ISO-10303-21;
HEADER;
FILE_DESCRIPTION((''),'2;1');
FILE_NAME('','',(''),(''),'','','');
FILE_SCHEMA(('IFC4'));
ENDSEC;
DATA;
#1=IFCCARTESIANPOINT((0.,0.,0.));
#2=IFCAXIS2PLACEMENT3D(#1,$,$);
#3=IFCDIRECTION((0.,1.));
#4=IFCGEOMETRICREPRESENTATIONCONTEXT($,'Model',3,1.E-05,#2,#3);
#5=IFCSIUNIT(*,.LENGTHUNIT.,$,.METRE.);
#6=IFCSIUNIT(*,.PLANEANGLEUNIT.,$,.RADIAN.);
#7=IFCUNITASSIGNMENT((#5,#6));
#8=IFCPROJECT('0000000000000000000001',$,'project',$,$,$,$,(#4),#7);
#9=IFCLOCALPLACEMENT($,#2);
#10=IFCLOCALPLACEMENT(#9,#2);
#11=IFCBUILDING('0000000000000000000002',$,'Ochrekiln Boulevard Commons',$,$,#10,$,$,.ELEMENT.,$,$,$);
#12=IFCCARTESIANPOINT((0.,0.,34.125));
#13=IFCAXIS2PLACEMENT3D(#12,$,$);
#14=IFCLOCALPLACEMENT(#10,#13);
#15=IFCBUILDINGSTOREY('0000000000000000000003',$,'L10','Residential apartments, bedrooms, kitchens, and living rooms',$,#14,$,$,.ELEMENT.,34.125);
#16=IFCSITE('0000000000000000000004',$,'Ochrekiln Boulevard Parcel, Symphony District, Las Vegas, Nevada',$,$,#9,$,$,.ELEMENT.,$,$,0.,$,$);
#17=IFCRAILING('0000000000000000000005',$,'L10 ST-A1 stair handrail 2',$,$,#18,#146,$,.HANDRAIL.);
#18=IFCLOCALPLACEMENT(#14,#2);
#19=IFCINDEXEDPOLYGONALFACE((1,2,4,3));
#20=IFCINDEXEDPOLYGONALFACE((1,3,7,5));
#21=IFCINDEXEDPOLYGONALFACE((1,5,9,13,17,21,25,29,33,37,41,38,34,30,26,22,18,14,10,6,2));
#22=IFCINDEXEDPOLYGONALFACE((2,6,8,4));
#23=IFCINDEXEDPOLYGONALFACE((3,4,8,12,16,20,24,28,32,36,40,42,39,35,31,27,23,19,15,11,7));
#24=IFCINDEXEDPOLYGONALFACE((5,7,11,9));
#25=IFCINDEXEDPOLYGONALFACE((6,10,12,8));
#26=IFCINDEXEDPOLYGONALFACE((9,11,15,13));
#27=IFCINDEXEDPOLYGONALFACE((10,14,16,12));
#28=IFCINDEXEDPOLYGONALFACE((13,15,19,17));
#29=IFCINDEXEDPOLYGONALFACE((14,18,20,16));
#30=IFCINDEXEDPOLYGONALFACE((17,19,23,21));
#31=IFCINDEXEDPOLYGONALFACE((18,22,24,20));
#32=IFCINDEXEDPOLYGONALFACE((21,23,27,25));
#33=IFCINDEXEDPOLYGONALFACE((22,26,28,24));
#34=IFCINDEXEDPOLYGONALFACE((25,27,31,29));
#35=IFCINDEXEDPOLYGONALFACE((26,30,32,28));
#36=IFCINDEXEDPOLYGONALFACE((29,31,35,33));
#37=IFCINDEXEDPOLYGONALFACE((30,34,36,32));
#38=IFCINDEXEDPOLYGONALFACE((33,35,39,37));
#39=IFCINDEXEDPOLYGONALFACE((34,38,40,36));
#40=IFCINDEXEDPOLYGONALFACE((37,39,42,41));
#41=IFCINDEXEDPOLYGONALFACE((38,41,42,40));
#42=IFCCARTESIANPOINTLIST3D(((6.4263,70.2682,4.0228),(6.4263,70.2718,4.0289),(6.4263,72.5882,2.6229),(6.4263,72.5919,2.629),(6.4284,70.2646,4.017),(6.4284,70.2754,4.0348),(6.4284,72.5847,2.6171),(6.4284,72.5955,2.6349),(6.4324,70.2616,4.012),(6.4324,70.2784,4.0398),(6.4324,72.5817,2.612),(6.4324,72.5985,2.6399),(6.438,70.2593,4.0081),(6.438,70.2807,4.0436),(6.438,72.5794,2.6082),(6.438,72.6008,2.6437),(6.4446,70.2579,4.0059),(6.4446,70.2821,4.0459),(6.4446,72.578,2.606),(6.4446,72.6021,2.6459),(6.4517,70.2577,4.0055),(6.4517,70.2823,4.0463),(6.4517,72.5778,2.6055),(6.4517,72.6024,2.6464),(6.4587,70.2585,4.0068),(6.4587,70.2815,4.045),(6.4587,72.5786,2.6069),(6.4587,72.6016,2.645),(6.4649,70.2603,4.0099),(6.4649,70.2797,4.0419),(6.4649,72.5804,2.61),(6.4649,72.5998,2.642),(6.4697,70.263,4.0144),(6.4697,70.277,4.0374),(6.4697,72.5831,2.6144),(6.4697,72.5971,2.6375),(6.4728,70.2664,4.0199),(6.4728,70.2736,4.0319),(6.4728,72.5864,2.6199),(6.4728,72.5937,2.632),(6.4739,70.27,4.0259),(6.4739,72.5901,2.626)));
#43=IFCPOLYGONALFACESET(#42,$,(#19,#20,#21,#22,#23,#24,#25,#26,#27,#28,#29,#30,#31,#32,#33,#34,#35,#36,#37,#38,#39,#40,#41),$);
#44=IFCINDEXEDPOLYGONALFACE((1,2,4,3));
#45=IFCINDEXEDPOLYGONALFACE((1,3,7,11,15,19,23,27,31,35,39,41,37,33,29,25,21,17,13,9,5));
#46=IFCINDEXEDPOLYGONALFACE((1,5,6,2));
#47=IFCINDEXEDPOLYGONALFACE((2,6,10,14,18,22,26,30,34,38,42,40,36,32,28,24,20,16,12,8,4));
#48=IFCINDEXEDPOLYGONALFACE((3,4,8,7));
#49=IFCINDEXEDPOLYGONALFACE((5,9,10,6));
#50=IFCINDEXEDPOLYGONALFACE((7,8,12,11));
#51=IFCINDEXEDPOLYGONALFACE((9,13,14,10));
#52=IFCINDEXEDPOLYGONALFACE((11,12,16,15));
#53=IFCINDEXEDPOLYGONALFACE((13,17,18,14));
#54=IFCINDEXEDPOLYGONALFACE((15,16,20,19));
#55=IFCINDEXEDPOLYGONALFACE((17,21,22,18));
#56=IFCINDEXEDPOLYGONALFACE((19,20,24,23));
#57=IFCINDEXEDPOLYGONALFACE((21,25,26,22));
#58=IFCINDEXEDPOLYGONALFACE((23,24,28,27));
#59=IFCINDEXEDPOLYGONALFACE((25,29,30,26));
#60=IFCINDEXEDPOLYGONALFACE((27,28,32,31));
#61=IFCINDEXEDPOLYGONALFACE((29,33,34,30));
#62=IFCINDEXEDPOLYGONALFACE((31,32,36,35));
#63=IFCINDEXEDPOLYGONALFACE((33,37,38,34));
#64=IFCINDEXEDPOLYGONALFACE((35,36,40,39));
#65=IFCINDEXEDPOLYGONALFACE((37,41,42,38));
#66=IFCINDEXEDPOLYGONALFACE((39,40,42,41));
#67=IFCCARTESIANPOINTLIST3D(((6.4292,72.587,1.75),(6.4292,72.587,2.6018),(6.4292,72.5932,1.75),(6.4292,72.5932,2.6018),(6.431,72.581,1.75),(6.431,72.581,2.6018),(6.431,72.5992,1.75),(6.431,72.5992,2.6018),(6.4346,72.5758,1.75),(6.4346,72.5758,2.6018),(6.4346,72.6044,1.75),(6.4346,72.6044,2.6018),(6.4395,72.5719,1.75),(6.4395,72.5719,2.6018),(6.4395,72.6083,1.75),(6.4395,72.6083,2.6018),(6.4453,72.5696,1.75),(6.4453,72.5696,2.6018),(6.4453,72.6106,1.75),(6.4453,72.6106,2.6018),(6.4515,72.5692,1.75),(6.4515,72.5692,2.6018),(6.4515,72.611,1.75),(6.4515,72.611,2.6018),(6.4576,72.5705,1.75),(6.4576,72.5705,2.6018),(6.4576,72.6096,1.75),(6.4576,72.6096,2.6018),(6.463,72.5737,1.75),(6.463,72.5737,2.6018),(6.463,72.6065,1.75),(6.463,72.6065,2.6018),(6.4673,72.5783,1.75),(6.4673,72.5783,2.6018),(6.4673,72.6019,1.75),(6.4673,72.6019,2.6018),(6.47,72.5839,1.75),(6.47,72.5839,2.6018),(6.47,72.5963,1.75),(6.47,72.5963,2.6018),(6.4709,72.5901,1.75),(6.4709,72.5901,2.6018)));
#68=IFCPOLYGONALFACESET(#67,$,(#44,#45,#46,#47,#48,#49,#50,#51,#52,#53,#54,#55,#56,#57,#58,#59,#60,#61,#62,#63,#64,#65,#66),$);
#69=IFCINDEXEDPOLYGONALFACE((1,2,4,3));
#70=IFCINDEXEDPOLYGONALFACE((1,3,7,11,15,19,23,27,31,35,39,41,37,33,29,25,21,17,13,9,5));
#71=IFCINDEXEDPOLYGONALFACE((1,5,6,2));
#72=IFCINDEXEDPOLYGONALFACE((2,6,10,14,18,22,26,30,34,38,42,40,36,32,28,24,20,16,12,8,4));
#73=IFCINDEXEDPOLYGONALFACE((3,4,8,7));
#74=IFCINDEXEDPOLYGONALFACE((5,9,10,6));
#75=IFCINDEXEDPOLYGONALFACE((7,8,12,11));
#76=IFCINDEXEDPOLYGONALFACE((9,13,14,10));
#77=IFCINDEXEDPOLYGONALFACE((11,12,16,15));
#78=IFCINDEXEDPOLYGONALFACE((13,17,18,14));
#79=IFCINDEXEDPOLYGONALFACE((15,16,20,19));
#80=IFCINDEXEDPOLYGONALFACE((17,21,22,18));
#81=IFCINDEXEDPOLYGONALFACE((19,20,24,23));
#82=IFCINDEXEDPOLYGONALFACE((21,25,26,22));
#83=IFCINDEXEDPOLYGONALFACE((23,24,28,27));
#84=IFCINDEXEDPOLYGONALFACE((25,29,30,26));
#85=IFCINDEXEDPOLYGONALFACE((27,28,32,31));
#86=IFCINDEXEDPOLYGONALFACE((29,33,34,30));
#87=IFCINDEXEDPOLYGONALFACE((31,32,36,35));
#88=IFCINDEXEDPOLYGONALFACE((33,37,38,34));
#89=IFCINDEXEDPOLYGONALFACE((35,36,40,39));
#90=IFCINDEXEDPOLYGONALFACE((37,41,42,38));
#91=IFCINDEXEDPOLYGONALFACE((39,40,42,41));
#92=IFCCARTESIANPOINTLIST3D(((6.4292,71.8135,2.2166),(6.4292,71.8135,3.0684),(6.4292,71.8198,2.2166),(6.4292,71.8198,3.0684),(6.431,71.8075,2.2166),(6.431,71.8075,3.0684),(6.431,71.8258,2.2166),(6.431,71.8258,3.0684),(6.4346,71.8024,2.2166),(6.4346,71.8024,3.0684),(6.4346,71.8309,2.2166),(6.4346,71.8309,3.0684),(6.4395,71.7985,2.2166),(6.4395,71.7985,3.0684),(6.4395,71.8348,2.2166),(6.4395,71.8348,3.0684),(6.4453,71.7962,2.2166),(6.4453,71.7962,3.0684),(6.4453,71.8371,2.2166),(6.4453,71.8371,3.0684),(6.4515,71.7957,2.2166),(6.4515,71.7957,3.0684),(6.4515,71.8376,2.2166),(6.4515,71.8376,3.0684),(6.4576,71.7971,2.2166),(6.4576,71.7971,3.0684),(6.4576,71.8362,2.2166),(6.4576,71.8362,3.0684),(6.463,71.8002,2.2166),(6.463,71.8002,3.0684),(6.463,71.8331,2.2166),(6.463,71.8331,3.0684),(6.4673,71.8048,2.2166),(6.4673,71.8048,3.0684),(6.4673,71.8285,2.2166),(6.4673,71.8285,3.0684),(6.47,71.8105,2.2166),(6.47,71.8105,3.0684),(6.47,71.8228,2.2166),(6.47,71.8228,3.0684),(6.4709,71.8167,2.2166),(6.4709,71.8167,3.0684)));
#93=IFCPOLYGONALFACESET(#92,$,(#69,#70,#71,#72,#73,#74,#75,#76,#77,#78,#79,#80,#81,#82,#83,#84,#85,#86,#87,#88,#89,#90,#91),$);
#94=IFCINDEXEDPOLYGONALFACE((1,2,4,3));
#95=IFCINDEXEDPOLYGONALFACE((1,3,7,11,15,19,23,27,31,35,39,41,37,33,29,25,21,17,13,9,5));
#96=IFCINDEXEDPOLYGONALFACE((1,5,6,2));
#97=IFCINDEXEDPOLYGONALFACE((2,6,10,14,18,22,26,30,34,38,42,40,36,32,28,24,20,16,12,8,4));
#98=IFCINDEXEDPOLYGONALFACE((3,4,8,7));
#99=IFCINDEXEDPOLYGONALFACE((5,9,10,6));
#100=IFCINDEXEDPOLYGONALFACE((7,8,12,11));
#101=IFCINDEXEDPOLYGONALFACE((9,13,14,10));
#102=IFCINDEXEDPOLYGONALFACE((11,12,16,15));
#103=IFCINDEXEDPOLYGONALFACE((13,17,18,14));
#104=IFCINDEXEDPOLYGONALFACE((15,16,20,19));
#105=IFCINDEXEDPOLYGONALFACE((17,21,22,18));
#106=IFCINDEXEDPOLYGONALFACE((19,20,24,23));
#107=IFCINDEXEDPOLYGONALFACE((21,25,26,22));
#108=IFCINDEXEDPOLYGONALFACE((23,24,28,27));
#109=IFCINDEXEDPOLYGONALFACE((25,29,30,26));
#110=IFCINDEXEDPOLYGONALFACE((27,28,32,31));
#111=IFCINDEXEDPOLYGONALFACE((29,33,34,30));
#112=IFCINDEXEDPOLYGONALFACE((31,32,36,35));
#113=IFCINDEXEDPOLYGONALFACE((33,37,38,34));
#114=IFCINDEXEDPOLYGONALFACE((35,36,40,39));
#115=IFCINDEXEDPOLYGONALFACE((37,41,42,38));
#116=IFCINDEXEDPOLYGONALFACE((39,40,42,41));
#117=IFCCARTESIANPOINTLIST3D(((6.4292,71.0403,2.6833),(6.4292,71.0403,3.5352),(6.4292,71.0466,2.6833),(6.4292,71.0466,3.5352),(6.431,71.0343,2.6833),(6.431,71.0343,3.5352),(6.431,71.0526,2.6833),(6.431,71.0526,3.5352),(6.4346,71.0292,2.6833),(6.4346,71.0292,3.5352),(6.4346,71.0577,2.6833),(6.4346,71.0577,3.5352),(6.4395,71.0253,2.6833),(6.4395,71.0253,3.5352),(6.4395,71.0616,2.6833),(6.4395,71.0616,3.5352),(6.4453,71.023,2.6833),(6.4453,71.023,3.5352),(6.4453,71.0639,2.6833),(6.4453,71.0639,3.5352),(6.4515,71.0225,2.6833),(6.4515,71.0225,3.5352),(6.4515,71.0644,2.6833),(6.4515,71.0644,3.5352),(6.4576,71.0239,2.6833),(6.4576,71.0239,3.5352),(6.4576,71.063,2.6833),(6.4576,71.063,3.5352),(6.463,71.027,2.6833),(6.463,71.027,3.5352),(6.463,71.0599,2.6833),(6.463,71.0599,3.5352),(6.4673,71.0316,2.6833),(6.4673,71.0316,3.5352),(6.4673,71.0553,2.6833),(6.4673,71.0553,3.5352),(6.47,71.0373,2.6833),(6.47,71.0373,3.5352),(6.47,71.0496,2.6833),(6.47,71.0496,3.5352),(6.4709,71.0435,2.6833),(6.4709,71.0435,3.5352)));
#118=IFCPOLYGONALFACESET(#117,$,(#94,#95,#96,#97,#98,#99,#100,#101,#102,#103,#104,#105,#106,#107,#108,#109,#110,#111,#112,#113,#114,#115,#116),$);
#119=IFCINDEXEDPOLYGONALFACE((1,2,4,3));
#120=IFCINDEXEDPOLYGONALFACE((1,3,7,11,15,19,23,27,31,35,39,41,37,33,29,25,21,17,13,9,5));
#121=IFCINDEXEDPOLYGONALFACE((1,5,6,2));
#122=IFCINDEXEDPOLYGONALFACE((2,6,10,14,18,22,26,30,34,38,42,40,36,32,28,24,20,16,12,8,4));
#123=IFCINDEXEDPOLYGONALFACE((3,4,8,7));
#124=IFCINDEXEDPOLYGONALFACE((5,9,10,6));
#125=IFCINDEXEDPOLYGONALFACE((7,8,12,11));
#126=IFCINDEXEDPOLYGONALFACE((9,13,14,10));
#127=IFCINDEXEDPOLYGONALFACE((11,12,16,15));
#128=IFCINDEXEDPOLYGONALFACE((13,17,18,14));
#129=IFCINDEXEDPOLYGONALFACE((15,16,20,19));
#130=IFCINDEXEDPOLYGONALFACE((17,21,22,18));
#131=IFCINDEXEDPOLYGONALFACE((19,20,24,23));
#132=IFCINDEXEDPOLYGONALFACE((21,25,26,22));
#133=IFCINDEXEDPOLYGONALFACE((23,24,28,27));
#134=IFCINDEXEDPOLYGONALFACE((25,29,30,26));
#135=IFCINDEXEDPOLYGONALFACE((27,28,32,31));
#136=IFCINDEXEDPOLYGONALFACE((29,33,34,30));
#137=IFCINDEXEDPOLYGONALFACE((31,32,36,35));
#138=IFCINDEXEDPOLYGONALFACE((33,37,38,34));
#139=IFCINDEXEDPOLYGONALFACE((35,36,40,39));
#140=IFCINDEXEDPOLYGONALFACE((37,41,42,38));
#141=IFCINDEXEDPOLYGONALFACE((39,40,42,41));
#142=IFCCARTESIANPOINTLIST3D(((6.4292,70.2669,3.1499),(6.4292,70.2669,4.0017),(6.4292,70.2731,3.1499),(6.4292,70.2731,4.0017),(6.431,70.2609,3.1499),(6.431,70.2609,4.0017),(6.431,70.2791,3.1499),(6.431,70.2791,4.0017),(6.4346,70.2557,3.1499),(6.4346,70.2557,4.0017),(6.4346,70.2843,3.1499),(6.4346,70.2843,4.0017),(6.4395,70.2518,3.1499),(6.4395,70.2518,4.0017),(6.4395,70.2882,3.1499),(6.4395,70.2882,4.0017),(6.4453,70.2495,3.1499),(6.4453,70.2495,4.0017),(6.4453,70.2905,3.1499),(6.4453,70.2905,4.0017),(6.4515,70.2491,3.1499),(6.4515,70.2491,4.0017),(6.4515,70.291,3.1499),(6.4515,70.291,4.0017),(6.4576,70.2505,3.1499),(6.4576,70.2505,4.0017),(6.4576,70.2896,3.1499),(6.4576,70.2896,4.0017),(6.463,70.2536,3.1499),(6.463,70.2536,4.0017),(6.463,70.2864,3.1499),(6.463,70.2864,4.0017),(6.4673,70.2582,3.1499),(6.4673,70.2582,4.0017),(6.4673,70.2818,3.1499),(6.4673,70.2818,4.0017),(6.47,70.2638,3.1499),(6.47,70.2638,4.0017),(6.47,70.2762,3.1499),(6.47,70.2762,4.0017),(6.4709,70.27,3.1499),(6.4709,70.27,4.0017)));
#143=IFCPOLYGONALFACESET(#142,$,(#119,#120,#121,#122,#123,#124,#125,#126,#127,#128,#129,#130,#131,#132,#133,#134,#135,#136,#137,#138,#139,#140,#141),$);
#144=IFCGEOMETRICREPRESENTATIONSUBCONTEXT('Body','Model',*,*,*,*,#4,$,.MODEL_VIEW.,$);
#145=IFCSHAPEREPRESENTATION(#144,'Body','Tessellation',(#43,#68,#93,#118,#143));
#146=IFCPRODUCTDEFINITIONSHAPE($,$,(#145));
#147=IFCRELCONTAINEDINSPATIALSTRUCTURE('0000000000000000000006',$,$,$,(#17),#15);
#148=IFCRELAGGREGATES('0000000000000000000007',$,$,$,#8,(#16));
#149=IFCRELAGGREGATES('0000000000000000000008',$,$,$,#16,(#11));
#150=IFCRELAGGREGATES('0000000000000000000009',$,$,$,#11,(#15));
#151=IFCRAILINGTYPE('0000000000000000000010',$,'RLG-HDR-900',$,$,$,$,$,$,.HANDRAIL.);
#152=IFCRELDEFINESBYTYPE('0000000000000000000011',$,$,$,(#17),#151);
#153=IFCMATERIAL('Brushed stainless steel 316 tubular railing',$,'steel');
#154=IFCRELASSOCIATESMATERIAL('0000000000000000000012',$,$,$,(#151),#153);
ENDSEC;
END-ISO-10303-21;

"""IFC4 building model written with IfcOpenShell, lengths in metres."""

from ifc_helpers import new_model, si_unit, direction, frame, origin, origin_2d, place, context, subcontext, project, spatial, circle, extrude, material, type_object, element, save


model = new_model("IFC4")

# Units and contexts
model_context = context("Model", 3, precision=1e-05, world=origin(), true_north=direction((0.0, 1.0)))
body_context = subcontext(model_context, "Body", "Model", "MODEL_VIEW")
ifc_project = project(units=[si_unit("LENGTHUNIT", "METRE"), si_unit("PLANEANGLEUNIT", "RADIAN")], contexts=[model_context])

# Site, building, storey
site_placement = place(None, origin())
site = spatial("IfcSite", under=ifc_project, at=site_placement, Name="Ochrekiln Boulevard Parcel, Symphony District, Las Vegas, Nevada", CompositionType="ELEMENT", RefElevation=0.0)
building_placement = place(site_placement, origin())
building = spatial("IfcBuilding", under=site, at=building_placement, Name="Ochrekiln Boulevard Commons", CompositionType="ELEMENT")
storey_placement = place(building_placement, frame((0.0, 0.0, 34.125)))
storey = spatial("IfcBuildingStorey", under=building, at=storey_placement, Name="L10", Description="Residential apartments, bedrooms, kitchens, and living rooms", CompositionType="ELEMENT", Elevation=34.125)

# Railing
ifc_material_1 = material(Name="Brushed stainless steel 316 tubular railing", Category="steel")
railing_type = type_object("IfcRailingType", Name="RLG-HDR-900", PredefinedType="HANDRAIL", material=ifc_material_1)
railing_placement = place(storey_placement, frame((6.45, 72.5901, 1.75)))
element("IfcRailing", 1, at=railing_placement, inside=storey, type_object=railing_type, Name="L10 ST-A1 stair handrail 2", PredefinedType="HANDRAIL", context=body_context, shape_type="SweptSolid", body=[
    extrude(circle(Radius=0.0239, at=origin_2d()), frame((0.0, 0.0, 0.876), z_axis=(0.0, -0.85621, 0.516627), x_axis=(1.0, 0.0, 0.0)), (0.0, 0.0, 1.0), 2.7097),
    extrude(circle(Radius=0.021, at=origin_2d()), origin(), (0.0, 0.0, 1.0), 0.8518),
    extrude(circle(Radius=0.021, at=origin_2d()), frame((0.0, -0.7734, 0.4666)), (0.0, 0.0, 1.0), 0.8518),
    extrude(circle(Radius=0.021, at=origin_2d()), frame((0.0, -1.5466, 0.9333)), (0.0, 0.0, 1.0), 0.8518),
    extrude(circle(Radius=0.021, at=origin_2d()), frame((0.0, -2.3201, 1.3999)), (0.0, 0.0, 1.0), 0.8518),
])

save(model, "model.ifc")
